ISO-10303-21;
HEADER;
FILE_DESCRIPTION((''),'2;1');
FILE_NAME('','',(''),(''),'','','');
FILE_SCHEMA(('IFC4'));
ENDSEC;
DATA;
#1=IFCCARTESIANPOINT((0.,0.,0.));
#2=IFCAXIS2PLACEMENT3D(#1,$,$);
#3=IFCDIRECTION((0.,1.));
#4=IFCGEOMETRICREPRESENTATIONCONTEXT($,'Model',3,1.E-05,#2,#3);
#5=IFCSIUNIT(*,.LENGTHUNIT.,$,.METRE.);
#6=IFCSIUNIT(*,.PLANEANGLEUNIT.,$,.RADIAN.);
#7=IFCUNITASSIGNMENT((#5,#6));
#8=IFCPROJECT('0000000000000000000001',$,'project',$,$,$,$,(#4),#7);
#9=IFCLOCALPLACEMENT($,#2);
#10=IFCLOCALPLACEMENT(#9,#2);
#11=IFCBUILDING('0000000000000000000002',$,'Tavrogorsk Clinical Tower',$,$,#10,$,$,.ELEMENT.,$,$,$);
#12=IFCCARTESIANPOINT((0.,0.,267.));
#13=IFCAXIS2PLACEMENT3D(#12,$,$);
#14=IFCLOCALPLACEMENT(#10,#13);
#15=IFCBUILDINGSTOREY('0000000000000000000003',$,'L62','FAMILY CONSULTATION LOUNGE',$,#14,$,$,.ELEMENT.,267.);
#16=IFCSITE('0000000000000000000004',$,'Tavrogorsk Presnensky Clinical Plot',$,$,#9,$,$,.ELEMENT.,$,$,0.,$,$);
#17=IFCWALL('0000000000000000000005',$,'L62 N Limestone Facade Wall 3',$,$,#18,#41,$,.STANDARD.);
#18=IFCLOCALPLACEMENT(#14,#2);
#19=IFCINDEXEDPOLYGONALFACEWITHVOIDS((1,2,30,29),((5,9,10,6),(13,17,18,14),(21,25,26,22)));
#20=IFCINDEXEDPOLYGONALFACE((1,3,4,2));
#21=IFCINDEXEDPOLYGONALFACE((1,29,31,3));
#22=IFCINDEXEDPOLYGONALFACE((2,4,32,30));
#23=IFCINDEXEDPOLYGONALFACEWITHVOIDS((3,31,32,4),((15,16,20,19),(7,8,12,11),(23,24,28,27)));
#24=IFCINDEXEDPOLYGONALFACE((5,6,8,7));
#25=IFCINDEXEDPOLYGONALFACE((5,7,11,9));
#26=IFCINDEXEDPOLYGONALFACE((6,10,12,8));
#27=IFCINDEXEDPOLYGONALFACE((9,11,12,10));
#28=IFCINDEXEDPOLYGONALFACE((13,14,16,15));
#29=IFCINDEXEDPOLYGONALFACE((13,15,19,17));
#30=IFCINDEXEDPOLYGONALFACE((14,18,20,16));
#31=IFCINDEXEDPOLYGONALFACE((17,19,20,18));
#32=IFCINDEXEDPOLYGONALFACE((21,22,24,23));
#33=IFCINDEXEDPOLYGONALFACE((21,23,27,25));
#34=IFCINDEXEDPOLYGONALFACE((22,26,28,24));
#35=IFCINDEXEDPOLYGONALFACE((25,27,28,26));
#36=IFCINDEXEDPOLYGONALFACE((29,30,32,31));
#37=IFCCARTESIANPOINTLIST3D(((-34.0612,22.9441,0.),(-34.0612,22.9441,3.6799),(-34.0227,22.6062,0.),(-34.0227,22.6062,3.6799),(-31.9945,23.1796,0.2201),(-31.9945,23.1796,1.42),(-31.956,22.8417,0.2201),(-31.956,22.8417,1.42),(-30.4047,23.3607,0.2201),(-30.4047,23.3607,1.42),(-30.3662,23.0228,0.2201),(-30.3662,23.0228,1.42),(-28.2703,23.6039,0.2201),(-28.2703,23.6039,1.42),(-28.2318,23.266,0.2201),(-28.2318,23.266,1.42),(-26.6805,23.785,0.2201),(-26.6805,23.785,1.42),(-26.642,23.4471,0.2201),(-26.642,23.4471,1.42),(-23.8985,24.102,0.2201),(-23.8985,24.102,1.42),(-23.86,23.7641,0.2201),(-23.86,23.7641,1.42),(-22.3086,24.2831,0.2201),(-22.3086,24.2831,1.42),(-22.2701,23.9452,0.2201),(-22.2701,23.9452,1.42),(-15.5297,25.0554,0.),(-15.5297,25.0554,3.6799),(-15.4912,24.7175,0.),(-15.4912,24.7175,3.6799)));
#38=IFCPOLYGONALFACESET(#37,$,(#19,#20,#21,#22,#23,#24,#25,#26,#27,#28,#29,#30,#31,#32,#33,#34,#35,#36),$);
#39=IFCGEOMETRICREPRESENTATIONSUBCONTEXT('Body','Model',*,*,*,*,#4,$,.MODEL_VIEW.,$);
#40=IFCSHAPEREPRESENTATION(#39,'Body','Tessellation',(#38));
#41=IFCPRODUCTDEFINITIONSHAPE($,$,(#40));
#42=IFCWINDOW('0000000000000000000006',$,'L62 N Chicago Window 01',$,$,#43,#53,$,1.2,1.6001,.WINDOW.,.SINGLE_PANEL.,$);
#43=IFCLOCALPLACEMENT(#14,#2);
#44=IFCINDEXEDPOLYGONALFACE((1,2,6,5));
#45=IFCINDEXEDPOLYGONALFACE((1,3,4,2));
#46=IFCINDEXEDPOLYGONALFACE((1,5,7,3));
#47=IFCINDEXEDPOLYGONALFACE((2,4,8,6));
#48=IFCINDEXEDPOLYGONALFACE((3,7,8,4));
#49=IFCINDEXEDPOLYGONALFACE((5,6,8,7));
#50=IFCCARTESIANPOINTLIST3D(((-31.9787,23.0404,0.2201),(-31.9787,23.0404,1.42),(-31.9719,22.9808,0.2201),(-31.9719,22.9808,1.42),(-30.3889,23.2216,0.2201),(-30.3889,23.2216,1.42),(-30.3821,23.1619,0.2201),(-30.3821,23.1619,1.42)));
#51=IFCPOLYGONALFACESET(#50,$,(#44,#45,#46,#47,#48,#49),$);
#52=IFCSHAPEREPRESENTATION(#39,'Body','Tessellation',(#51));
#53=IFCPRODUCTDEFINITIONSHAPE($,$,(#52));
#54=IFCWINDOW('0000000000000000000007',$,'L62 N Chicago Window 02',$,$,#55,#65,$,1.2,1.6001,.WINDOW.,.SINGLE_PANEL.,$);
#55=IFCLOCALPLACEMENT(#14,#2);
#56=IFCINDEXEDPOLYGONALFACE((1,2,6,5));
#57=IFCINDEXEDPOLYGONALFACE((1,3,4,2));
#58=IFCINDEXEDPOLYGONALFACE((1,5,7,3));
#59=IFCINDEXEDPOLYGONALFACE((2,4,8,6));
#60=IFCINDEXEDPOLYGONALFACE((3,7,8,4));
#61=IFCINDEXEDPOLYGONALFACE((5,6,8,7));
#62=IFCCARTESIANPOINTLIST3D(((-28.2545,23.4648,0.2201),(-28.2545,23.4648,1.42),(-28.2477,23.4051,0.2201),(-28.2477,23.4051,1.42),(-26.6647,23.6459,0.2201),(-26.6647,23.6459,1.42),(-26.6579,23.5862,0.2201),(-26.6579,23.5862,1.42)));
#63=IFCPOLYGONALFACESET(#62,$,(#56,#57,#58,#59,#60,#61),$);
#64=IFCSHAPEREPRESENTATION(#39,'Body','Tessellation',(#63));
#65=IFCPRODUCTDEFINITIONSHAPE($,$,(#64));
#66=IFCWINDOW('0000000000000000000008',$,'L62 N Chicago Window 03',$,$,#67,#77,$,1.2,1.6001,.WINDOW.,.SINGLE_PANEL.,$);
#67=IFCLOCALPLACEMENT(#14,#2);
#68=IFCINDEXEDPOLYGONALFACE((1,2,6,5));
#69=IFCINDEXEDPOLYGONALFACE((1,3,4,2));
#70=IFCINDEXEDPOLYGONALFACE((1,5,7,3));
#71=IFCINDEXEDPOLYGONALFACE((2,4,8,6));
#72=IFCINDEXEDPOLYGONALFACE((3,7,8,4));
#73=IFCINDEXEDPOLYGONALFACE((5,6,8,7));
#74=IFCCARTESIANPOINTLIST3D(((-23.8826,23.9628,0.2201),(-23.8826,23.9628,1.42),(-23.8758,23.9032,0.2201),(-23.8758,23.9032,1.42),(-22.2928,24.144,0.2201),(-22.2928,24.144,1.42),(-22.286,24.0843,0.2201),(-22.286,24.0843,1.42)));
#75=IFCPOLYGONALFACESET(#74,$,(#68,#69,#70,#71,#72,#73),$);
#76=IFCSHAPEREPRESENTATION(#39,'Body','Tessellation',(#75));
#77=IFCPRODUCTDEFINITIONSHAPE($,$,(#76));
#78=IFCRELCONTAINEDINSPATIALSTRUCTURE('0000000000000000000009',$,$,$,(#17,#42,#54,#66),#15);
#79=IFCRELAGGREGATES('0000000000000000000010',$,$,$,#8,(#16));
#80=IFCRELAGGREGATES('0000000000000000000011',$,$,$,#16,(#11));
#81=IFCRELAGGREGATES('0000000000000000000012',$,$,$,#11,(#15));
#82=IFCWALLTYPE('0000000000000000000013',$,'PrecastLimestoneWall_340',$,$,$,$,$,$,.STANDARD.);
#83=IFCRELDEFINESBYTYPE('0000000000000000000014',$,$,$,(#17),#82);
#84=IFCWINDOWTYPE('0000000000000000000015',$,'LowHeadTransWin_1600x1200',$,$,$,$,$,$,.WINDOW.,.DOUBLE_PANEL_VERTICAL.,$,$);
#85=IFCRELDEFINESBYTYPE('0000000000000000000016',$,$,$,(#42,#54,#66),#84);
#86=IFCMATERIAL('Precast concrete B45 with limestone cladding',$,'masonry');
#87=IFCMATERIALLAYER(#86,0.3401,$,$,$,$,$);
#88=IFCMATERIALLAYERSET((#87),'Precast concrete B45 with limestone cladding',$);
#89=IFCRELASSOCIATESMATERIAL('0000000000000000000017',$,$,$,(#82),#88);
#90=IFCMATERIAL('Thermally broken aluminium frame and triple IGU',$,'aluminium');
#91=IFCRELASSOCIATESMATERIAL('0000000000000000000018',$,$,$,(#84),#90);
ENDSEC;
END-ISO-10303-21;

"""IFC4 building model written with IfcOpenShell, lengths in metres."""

from ifc_helpers import new_model, si_unit, direction, frame, frame_2d, origin, place, context, subcontext, project, spatial, rectangle, extrude, material, layer, layer_set, type_object, element, fill, save


model = new_model("IFC4")

# Units and contexts
model_context = context("Model", 3, precision=1e-05, world=origin(), true_north=direction((0.0, 1.0)))
body_context = subcontext(model_context, "Body", "Model", "MODEL_VIEW")
ifc_project = project(units=[si_unit("LENGTHUNIT", "METRE"), si_unit("PLANEANGLEUNIT", "RADIAN")], contexts=[model_context])

# Site, building, storey
site_placement = place(None, origin())
site = spatial("IfcSite", under=ifc_project, at=site_placement, Name="Tavrogorsk Presnensky Clinical Plot", CompositionType="ELEMENT", RefElevation=0.0)
building_placement = place(site_placement, origin())
building = spatial("IfcBuilding", under=site, at=building_placement, Name="Tavrogorsk Clinical Tower", CompositionType="ELEMENT")
storey_placement = place(building_placement, frame((0.0, 0.0, 267.0)))
storey = spatial("IfcBuildingStorey", under=building, at=storey_placement, Name="L62", Description="FAMILY CONSULTATION LOUNGE", CompositionType="ELEMENT", Elevation=267.0)

# Wall, openings, windows
ifc_material_1 = material(Name="Precast concrete B45 with limestone cladding", Category="masonry")
ifc_layer_1 = layer(ifc_material_1, 0.3401)
ifc_layer_set_1 = layer_set([ifc_layer_1], Name="Precast concrete B45 with limestone cladding")
wall_type_1 = type_object("IfcWallType", Name="PrecastLimestoneWall_340", PredefinedType="STANDARD", material=ifc_layer_set_1)
wall_1_placement = place(storey_placement, frame((-15.5105, 24.8865, 0.0), z_axis=(0.0, 0.0, 1.0), x_axis=(-0.993572, -0.1132, 0.0)))
wall_1 = element("IfcWall", 1, at=wall_1_placement, inside=storey, type_object=wall_type_1, Name="L62 N Limestone Facade Wall 3", PredefinedType="STANDARD", context=body_context, shape_type="SweptSolid", body=[
    extrude(rectangle(XDim=18.6514, YDim=0.3401, at=frame_2d((9.3257, 0.0))), origin(), (0.0, 0.0, 1.0), 3.6799),
])
opening_1_placement = place(wall_1_placement, frame((14.9712, 0.0, 0.22)))
opening_1 = element("IfcOpeningElement", 2, at=opening_1_placement, cuts=wall_1, PredefinedType="OPENING", context=body_context, shape_type="SweptSolid", body=[
    extrude(rectangle(XDim=1.6001, YDim=1.2, at=frame_2d((0.8, 0.6001))), frame((0.0, 0.1799, 0.0), z_axis=(0.0, -1.0, 0.0), x_axis=(1.0, 0.0, 0.0)), (0.0, 0.0, 1.0), 0.3601),
])
opening_2_placement = place(wall_1_placement, frame((11.2229, 0.0, 0.22)))
opening_2 = element("IfcOpeningElement", 3, at=opening_2_placement, cuts=wall_1, PredefinedType="OPENING", context=body_context, shape_type="SweptSolid", body=[
    extrude(rectangle(XDim=1.6001, YDim=1.2, at=frame_2d((0.8, 0.6001))), frame((0.0, 0.1799, 0.0), z_axis=(0.0, -1.0, 0.0), x_axis=(1.0, 0.0, 0.0)), (0.0, 0.0, 1.0), 0.3601),
])
opening_3_placement = place(wall_1_placement, frame((6.8228, 0.0, 0.22)))
opening_3 = element("IfcOpeningElement", 4, at=opening_3_placement, cuts=wall_1, PredefinedType="OPENING", context=body_context, shape_type="SweptSolid", body=[
    extrude(rectangle(XDim=1.6001, YDim=1.2, at=frame_2d((0.8, 0.6001))), frame((0.0, 0.1799, 0.0), z_axis=(0.0, -1.0, 0.0), x_axis=(1.0, 0.0, 0.0)), (0.0, 0.0, 1.0), 0.3601),
])
ifc_material_2 = material(Name="Thermally broken aluminium frame and triple IGU", Category="aluminium")
window_type = type_object("IfcWindowType", Name="LowHeadTransWin_1600x1200", PartitioningType="DOUBLE_PANEL_VERTICAL", PredefinedType="WINDOW", material=ifc_material_2)
window_1_placement = place(opening_1_placement, origin())
window_1 = element("IfcWindow", 5, at=window_1_placement, inside=storey, type_object=window_type, Name="L62 N Chicago Window 01", OverallHeight=1.2, OverallWidth=1.6001, PartitioningType="SINGLE_PANEL", PredefinedType="WINDOW", context=body_context, shape_type="SweptSolid", body=[
    extrude(rectangle(XDim=1.6001, YDim=1.2, at=frame_2d((0.8, 0.6001))), frame((0.0, 0.03, 0.0), z_axis=(0.0, -1.0, 0.0), x_axis=(1.0, 0.0, 0.0)), (0.0, 0.0, 1.0), 0.0601),
])
fill(opening_1, window_1)
window_2_placement = place(opening_2_placement, origin())
window_2 = element("IfcWindow", 6, at=window_2_placement, inside=storey, type_object=window_type, Name="L62 N Chicago Window 02", OverallHeight=1.2, OverallWidth=1.6001, PartitioningType="SINGLE_PANEL", PredefinedType="WINDOW", context=body_context, shape_type="SweptSolid", body=[
    extrude(rectangle(XDim=1.6001, YDim=1.2, at=frame_2d((0.8, 0.6001))), frame((0.0, 0.03, 0.0), z_axis=(0.0, -1.0, 0.0), x_axis=(1.0, 0.0, 0.0)), (0.0, 0.0, 1.0), 0.0601),
])
fill(opening_2, window_2)
window_3_placement = place(opening_3_placement, origin())
window_3 = element("IfcWindow", 7, at=window_3_placement, inside=storey, type_object=window_type, Name="L62 N Chicago Window 03", OverallHeight=1.2, OverallWidth=1.6001, PartitioningType="SINGLE_PANEL", PredefinedType="WINDOW", context=body_context, shape_type="SweptSolid", body=[
    extrude(rectangle(XDim=1.6001, YDim=1.2, at=frame_2d((0.8, 0.6001))), frame((0.0, 0.03, 0.0), z_axis=(0.0, -1.0, 0.0), x_axis=(1.0, 0.0, 0.0)), (0.0, 0.0, 1.0), 0.0601),
])
fill(opening_3, window_3)

save(model, "model.ifc")
